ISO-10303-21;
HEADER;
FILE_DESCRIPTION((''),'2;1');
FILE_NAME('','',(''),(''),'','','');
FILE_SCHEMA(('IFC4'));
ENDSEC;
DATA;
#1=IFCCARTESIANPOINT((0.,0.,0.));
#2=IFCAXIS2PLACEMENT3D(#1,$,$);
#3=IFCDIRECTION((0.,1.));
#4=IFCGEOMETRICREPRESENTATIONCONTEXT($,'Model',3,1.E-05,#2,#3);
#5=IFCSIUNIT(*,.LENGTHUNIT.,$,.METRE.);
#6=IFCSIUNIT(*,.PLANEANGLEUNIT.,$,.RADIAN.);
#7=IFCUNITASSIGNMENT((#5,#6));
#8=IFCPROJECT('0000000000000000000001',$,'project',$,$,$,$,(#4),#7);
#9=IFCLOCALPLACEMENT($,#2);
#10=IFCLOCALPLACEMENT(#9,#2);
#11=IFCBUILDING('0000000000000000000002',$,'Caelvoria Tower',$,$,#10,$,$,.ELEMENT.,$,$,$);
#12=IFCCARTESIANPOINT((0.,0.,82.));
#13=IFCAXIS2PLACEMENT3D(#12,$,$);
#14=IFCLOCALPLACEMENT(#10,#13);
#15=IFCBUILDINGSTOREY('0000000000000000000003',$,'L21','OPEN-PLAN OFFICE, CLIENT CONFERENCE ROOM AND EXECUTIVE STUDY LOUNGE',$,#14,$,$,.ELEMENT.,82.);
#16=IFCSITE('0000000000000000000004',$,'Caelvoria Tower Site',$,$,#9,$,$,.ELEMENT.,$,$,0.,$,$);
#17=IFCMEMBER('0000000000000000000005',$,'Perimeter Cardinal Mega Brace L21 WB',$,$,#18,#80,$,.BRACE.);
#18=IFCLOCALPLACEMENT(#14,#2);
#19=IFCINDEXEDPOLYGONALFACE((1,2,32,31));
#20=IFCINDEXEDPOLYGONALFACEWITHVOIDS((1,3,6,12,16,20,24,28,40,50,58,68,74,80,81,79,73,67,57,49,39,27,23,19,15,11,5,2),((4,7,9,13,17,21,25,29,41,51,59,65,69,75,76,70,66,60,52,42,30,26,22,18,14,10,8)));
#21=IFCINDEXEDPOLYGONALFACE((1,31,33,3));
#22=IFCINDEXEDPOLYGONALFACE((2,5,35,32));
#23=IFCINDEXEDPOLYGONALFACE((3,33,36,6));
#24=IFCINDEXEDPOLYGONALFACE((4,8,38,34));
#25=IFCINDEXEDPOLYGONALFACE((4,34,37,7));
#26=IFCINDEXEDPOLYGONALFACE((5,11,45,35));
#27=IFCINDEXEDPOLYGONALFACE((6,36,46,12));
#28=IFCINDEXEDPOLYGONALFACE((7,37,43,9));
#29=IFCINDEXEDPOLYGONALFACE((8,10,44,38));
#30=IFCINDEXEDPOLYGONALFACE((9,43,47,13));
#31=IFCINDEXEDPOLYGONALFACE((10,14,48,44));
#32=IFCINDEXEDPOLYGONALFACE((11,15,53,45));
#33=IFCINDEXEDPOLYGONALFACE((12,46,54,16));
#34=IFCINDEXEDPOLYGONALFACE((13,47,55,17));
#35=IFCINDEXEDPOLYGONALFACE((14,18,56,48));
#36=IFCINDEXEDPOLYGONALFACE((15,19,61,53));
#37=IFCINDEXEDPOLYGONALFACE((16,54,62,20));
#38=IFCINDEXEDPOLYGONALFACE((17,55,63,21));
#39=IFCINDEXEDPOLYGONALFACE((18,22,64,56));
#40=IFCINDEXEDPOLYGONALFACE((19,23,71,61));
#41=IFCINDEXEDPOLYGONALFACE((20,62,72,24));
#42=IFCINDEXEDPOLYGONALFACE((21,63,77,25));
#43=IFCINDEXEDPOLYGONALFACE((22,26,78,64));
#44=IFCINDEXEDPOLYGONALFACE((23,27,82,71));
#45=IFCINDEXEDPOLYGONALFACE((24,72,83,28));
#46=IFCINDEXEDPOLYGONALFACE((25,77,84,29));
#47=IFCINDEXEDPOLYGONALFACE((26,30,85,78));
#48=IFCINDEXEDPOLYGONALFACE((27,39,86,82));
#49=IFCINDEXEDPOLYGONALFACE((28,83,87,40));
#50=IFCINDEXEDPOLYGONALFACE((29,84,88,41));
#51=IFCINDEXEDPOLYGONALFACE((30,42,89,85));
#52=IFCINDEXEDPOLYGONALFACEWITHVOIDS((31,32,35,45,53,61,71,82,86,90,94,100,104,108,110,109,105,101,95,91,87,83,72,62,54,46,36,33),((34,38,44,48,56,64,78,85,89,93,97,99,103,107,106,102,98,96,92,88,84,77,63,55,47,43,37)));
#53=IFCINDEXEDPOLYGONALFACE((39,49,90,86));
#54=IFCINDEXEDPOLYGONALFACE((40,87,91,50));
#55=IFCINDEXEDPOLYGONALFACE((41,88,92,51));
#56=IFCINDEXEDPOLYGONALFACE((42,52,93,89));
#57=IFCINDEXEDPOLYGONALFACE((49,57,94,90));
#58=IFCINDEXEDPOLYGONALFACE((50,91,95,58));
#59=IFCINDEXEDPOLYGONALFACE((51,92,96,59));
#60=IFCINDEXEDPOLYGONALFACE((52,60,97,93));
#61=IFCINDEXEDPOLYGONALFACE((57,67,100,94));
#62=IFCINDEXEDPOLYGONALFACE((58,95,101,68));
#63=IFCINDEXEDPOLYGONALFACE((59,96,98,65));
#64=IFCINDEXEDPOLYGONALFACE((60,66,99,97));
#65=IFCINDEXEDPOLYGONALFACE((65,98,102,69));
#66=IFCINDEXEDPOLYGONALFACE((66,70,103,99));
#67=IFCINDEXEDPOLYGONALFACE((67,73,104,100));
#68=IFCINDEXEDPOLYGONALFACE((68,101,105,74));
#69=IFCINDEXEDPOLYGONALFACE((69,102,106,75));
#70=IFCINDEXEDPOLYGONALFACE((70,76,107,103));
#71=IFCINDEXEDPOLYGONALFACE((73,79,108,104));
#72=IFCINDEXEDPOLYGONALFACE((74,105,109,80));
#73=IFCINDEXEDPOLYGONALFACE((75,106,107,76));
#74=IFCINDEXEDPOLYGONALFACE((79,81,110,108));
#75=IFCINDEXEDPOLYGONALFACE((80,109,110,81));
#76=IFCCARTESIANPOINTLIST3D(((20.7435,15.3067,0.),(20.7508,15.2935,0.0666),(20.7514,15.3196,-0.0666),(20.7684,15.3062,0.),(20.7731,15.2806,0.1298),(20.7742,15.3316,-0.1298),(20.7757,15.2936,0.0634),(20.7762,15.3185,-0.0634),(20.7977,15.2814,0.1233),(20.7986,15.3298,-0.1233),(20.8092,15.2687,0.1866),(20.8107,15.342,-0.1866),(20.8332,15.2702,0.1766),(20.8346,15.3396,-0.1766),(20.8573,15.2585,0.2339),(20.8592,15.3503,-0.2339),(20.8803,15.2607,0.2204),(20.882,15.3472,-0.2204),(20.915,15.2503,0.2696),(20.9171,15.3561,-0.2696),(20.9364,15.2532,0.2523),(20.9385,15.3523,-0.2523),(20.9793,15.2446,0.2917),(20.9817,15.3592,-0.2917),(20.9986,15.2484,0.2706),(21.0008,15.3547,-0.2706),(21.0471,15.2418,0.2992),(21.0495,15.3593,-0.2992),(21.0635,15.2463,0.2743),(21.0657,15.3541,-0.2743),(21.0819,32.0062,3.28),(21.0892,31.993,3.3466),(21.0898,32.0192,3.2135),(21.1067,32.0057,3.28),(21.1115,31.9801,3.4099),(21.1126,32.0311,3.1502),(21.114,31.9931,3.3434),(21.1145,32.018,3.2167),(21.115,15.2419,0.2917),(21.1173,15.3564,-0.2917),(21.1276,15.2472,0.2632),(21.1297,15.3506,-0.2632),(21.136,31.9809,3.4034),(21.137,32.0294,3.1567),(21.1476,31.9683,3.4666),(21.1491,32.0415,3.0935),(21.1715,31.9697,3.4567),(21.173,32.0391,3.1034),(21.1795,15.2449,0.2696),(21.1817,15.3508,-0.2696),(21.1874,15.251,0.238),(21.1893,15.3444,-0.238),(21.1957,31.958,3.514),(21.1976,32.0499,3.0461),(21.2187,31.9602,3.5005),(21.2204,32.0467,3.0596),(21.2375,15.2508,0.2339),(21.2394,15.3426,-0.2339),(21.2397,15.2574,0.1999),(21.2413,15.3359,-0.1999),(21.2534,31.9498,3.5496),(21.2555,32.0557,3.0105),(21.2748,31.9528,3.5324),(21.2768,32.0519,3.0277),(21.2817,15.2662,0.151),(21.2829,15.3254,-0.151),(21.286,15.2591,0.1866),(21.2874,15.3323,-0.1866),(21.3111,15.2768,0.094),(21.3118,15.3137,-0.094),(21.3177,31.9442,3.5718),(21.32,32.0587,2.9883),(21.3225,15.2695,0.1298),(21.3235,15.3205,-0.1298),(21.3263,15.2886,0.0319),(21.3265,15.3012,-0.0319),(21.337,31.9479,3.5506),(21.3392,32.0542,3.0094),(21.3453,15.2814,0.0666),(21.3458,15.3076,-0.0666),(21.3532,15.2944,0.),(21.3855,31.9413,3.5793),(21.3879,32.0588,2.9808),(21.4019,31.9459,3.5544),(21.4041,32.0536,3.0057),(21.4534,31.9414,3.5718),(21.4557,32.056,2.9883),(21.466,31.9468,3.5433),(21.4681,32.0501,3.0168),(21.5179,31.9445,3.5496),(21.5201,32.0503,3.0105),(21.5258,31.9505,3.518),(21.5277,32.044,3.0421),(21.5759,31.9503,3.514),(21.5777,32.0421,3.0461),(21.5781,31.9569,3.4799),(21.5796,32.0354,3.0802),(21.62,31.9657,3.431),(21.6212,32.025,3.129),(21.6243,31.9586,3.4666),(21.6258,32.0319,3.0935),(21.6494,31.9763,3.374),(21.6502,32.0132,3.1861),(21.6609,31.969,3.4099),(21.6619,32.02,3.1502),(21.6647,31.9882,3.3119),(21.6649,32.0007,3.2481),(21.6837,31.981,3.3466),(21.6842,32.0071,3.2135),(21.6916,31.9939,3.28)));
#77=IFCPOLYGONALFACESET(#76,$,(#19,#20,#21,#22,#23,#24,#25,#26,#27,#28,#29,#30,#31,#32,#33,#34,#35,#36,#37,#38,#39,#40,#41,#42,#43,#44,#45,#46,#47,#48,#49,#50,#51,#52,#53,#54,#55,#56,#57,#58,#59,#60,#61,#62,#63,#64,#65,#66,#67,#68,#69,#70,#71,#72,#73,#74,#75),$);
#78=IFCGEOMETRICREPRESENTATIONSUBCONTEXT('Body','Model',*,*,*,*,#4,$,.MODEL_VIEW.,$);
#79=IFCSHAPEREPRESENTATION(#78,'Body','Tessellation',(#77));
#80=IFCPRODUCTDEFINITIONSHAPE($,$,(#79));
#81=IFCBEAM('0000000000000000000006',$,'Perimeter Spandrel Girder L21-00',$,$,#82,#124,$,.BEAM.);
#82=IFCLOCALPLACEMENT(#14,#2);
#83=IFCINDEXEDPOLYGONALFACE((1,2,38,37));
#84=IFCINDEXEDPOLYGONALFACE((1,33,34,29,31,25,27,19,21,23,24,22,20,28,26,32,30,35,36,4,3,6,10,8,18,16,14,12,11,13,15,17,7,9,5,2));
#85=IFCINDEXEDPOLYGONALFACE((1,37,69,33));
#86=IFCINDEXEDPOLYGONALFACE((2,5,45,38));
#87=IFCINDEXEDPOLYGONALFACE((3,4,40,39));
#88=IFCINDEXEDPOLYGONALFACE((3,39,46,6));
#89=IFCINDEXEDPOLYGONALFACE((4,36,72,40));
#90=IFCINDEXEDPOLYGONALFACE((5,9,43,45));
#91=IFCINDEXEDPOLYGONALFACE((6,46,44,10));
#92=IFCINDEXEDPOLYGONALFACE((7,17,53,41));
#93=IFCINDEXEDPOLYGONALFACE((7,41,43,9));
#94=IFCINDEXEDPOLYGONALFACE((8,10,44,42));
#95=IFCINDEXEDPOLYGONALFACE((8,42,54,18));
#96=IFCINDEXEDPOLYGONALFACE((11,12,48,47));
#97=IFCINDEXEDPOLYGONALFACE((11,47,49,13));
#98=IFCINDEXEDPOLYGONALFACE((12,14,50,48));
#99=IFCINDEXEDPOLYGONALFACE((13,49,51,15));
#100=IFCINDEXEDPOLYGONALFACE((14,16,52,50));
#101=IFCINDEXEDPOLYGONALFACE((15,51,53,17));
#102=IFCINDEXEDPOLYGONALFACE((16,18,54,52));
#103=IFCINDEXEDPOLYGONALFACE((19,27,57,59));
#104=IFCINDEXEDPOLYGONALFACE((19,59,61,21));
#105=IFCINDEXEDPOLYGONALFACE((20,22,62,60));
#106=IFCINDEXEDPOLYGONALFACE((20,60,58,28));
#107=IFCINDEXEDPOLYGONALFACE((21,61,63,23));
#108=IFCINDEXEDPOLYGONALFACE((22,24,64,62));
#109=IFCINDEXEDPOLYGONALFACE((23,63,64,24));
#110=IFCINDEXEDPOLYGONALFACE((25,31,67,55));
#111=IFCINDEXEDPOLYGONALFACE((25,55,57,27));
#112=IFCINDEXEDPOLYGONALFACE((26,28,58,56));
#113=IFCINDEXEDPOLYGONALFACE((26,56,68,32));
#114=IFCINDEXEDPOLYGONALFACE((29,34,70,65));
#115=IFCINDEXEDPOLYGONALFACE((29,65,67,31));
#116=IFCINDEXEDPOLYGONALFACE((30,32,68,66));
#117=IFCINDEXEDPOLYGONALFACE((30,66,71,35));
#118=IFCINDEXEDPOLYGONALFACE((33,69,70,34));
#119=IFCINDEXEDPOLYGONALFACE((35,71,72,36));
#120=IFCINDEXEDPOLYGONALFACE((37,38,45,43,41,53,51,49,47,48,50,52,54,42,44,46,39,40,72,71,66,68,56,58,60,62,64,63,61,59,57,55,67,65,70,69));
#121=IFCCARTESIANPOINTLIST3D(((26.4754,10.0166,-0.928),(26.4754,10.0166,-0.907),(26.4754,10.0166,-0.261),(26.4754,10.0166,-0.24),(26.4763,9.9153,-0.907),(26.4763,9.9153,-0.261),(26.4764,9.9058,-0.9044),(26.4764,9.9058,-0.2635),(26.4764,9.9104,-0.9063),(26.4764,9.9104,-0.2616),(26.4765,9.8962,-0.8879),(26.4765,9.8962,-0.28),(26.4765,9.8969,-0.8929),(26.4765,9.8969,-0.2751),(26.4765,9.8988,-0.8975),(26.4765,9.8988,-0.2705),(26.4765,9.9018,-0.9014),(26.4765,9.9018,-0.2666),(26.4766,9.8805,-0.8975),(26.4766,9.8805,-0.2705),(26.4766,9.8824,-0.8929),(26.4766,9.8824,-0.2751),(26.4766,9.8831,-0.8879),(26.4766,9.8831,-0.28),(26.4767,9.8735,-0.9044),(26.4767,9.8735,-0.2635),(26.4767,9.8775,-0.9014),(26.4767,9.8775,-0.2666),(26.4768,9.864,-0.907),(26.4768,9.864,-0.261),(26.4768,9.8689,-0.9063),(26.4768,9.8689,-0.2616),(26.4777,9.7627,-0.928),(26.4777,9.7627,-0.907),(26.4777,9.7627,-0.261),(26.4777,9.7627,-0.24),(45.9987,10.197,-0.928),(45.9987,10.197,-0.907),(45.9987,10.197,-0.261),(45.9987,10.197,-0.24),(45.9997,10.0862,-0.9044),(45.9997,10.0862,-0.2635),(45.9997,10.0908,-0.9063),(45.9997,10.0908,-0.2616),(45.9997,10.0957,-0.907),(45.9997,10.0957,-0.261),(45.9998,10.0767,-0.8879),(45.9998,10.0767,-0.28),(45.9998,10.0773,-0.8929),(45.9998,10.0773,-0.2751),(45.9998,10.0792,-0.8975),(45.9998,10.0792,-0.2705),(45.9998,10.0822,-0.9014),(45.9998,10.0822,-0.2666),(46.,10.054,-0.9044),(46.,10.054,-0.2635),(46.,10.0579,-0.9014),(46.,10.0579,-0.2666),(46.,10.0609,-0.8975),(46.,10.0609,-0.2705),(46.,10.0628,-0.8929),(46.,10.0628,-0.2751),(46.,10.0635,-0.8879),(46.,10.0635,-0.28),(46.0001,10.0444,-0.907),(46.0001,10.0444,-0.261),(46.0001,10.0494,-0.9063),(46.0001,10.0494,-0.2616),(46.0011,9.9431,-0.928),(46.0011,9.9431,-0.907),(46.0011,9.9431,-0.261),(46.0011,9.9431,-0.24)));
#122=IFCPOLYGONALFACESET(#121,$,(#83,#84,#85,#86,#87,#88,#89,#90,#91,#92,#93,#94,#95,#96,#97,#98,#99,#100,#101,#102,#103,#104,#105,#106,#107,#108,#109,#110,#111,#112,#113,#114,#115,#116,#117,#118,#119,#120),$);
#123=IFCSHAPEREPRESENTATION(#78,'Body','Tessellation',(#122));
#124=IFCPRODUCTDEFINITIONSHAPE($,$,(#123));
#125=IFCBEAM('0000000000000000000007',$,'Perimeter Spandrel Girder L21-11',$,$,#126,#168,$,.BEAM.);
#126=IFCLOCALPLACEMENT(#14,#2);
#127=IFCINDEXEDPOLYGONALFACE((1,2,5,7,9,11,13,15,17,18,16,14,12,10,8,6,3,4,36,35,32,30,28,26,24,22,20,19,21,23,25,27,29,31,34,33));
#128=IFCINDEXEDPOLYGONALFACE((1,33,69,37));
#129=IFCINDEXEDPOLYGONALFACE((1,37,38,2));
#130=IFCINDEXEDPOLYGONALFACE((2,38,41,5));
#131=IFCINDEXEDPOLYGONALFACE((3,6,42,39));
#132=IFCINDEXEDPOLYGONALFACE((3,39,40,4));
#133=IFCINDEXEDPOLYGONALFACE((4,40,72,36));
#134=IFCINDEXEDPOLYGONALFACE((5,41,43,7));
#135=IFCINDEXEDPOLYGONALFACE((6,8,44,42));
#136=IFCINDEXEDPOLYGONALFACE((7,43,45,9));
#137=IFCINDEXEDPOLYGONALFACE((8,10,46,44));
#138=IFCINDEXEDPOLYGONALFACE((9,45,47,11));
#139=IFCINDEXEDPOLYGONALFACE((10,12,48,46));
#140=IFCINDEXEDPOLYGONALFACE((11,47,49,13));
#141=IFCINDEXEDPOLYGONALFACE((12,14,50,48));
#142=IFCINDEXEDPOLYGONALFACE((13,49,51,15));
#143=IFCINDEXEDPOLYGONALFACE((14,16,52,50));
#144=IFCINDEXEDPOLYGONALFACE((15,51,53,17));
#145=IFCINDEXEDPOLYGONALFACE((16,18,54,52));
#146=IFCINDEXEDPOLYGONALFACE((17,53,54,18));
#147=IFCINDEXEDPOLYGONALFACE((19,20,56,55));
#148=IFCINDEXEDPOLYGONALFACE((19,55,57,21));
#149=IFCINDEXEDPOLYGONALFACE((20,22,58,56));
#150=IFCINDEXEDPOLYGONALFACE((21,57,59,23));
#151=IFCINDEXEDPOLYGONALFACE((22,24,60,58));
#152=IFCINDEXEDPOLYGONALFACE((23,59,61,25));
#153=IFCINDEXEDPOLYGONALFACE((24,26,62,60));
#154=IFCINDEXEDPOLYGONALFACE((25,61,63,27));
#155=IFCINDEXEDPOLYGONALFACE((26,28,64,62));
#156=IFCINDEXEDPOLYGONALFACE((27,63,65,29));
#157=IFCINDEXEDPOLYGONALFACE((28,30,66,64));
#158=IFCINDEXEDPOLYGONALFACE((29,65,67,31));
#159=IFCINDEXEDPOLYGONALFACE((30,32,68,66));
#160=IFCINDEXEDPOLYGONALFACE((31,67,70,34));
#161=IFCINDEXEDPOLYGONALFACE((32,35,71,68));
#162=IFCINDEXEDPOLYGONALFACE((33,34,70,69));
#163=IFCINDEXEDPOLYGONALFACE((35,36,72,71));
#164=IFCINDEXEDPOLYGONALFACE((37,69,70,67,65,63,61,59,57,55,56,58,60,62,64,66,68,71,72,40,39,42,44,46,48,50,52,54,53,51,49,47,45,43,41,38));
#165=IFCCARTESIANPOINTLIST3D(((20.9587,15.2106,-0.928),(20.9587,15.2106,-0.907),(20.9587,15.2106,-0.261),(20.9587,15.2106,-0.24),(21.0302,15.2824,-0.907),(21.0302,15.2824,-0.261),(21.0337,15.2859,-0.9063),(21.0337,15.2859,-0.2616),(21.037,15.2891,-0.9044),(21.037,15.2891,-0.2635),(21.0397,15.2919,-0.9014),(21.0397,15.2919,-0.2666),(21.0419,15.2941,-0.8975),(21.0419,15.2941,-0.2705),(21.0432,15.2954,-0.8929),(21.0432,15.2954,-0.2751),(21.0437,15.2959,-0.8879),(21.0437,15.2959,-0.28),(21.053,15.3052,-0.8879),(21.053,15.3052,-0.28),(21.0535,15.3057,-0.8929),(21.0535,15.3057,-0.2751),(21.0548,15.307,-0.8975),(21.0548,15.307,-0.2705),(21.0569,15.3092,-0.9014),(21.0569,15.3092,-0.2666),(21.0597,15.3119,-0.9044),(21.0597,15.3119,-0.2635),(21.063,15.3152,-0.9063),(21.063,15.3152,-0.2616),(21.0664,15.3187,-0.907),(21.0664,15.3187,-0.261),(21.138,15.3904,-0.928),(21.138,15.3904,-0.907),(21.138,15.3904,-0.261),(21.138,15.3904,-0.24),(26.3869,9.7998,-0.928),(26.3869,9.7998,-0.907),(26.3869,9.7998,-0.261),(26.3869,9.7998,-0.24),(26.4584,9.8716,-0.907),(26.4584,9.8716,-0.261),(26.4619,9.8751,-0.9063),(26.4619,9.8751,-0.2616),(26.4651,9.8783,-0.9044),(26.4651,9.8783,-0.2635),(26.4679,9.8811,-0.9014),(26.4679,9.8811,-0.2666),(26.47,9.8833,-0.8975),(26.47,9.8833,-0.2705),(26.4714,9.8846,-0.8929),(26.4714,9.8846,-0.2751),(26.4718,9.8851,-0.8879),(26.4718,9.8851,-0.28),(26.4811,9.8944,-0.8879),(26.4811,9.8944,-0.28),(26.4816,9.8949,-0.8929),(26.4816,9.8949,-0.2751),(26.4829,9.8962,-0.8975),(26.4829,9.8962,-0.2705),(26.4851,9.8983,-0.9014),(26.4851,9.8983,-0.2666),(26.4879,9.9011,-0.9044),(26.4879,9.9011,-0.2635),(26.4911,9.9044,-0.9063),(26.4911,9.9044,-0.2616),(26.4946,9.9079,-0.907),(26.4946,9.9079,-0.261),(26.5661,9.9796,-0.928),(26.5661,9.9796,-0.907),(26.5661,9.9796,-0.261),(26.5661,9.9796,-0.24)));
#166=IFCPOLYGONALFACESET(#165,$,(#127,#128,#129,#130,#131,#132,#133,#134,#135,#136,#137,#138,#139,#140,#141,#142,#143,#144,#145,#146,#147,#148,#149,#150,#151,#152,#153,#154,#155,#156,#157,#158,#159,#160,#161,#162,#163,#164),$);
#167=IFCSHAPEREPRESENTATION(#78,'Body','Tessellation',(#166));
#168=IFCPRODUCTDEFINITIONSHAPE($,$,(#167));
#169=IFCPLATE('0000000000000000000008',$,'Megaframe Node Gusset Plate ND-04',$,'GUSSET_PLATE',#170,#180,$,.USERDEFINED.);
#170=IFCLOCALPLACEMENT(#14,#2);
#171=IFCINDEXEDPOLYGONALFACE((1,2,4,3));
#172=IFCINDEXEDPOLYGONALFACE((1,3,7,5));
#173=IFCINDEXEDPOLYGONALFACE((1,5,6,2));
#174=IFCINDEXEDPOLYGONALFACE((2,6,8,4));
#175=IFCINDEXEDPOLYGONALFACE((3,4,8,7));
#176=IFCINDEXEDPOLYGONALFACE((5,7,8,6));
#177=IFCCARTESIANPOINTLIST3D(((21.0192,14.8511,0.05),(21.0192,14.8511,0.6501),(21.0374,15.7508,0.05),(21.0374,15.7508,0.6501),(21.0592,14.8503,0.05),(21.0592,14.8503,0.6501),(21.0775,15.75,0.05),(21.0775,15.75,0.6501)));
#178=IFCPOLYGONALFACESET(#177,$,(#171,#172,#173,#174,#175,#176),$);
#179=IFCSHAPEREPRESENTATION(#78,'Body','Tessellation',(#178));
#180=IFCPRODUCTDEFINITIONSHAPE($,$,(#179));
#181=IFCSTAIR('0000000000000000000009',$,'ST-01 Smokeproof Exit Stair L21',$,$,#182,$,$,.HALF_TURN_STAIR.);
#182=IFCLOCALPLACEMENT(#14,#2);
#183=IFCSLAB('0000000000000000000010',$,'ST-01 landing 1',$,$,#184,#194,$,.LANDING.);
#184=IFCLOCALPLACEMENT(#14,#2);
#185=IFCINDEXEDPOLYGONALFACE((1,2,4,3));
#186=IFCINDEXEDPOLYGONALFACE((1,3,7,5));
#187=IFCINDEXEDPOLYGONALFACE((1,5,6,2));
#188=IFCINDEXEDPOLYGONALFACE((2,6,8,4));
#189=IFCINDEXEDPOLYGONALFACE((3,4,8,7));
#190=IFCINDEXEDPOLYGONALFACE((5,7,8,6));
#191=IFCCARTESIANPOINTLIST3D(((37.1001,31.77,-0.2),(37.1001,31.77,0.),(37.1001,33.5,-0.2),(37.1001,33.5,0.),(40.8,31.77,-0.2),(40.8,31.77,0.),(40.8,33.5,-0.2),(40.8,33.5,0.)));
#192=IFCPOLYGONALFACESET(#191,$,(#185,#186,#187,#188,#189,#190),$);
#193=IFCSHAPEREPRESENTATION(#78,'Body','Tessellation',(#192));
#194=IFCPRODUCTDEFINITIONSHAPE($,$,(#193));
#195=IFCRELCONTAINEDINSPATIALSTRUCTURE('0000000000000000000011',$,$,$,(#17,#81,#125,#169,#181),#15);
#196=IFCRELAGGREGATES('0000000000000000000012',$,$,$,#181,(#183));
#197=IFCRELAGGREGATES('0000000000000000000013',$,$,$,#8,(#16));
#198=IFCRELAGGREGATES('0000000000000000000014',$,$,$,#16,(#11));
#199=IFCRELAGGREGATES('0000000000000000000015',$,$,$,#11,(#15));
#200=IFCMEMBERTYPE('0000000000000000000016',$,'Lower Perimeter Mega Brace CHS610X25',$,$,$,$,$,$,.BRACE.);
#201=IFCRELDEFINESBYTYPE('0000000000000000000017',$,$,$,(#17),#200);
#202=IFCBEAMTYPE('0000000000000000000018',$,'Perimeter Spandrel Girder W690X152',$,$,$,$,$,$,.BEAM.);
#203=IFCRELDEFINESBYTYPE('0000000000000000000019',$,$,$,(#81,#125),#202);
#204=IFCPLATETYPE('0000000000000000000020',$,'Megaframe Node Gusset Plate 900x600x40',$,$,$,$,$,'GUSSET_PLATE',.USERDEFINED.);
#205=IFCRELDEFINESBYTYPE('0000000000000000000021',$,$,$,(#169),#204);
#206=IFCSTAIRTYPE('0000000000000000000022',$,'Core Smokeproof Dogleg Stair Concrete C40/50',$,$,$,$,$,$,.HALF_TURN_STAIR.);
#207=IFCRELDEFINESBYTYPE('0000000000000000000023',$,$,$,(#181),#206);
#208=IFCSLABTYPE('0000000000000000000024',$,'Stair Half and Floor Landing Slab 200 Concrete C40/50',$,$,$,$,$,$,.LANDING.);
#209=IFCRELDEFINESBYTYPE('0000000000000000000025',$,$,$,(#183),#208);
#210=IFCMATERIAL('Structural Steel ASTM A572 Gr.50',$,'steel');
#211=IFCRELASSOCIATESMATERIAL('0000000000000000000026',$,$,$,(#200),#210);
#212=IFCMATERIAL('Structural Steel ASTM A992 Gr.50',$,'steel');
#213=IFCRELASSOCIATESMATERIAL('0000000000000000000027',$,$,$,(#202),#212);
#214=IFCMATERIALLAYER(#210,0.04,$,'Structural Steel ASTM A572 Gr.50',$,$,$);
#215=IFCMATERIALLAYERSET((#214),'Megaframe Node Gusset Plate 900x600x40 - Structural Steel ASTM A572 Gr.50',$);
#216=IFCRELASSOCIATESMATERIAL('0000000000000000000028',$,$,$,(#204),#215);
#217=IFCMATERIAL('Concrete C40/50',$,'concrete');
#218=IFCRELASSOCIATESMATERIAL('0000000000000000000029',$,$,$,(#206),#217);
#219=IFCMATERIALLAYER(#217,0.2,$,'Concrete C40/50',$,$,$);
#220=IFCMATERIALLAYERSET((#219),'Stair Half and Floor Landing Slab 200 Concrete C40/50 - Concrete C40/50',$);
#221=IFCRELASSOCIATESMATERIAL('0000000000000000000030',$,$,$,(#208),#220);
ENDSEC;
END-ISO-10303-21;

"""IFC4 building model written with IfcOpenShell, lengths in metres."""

from ifc_helpers import new_model, si_unit, direction, frame, origin, origin_2d, place, context, subcontext, project, spatial, polyline, rectangle, hollow_circle, i_section, outline, extrude, material, layer, layer_set, material_profile, profile_set, type_object, element, aggregate, save


model = new_model("IFC4")

# Units and contexts
model_context = context("Model", 3, precision=1e-05, world=origin(), true_north=direction((0.0, 1.0)))
body_context = subcontext(model_context, "Body", "Model", "MODEL_VIEW")
ifc_project = project(units=[si_unit("LENGTHUNIT", "METRE"), si_unit("PLANEANGLEUNIT", "RADIAN")], contexts=[model_context])

# Site, building, storey
site_placement = place(None, origin())
site = spatial("IfcSite", under=ifc_project, at=site_placement, Name="Caelvoria Tower Site", CompositionType="ELEMENT", RefElevation=0.0)
building_placement = place(site_placement, origin())
building = spatial("IfcBuilding", under=site, at=building_placement, Name="Caelvoria Tower", CompositionType="ELEMENT")
storey_placement = place(building_placement, frame((0.0, 0.0, 82.0)))
storey = spatial("IfcBuildingStorey", under=building, at=storey_placement, Name="L21", Description="OPEN-PLAN OFFICE, CLIENT CONFERENCE ROOM AND EXECUTIVE STUDY LOUNGE", CompositionType="ELEMENT", Elevation=82.0)

# Shared definitions
ifc_material_1 = material(Name="Structural Steel ASTM A572 Gr.50", Category="steel")

# Member
ifc_material_profile_1 = material_profile(ifc_material_1, hollow_circle(Radius=0.3049, WallThickness=0.0249, at=origin_2d()), Name="Structural Steel ASTM A572 Gr.50")
ifc_profile_set_1 = profile_set([ifc_material_profile_1], Name="CHS610X25 - Structural Steel ASTM A572 Gr.50")
member_type = type_object("IfcMemberType", Name="Lower Perimeter Mega Brace CHS610X25", PredefinedType="BRACE", material=ifc_profile_set_1)
member_1_placement = place(storey_placement, frame((21.0483, 15.3005, 0.0), z_axis=(0.019879, 0.981057, 0.192695), x_axis=(-0.999795, 0.020259, 0.0)))
element("IfcMember", 1, at=member_1_placement, inside=storey, type_object=member_type, Name="Perimeter Cardinal Mega Brace L21 WB", PredefinedType="BRACE", context=body_context, shape_type="SweptSolid", body=[
    extrude(hollow_circle(Radius=0.3049, WallThickness=0.0249, at=origin_2d()), origin(), (0.0, 0.0, 1.0), 17.022),
])

# Beams
ifc_material_2 = material(Name="Structural Steel ASTM A992 Gr.50", Category="steel")
ifc_material_profile_2 = material_profile(ifc_material_2, i_section(OverallWidth=0.2539, OverallDepth=0.688, WebThickness=0.0132, FlangeThickness=0.021, FilletRadius=0.019, at=origin_2d()), Name="Structural Steel ASTM A992 Gr.50")
ifc_profile_set_2 = profile_set([ifc_material_profile_2], Name="W690X152 - Structural Steel ASTM A992 Gr.50")
beam_type = type_object("IfcBeamType", Name="Perimeter Spandrel Girder W690X152", PredefinedType="BEAM", material=ifc_profile_set_2)
beam_1_placement = place(storey_placement, frame((26.4766, 9.8896, -0.584), z_axis=(0.999957, 0.009241, 0.0), x_axis=(-0.009241, 0.999957, 0.0)))
element("IfcBeam", 2, at=beam_1_placement, inside=storey, type_object=beam_type, Name="Perimeter Spandrel Girder L21-00", PredefinedType="BEAM", context=body_context, shape_type="SweptSolid", body=[
    extrude(i_section(OverallWidth=0.2539, OverallDepth=0.688, WebThickness=0.0132, FlangeThickness=0.021, FilletRadius=0.019, at=origin_2d()), origin(), (0.0, 0.0, 1.0), 19.5242),
])
beam_2_placement = place(storey_placement, frame((21.0483, 15.3005, -0.584), z_axis=(0.708237, -0.705975, 0.0), x_axis=(0.705975, 0.708237, 0.0)))
element("IfcBeam", 3, at=beam_2_placement, inside=storey, type_object=beam_type, Name="Perimeter Spandrel Girder L21-11", PredefinedType="BEAM", context=body_context, shape_type="SweptSolid", body=[
    extrude(i_section(OverallWidth=0.2539, OverallDepth=0.688, WebThickness=0.0132, FlangeThickness=0.021, FilletRadius=0.019, at=origin_2d()), origin(), (0.0, 0.0, 1.0), 7.6643),
])

# Plate
ifc_layer_1 = layer(ifc_material_1, 0.04, Name="Structural Steel ASTM A572 Gr.50")
ifc_layer_set_1 = layer_set([ifc_layer_1], Name="Megaframe Node Gusset Plate 900x600x40 - Structural Steel ASTM A572 Gr.50")
plate_type = type_object("IfcPlateType", Name="Megaframe Node Gusset Plate 900x600x40", ElementType="GUSSET_PLATE", PredefinedType="USERDEFINED", material=ifc_layer_set_1)
plate_placement = place(storey_placement, frame((21.0483, 15.3005, 0.05), z_axis=(0.0, 0.0, 1.0), x_axis=(0.020253, 0.999795, 0.0)))
element("IfcPlate", 4, at=plate_placement, inside=storey, type_object=plate_type, Name="Megaframe Node Gusset Plate ND-04", ObjectType="GUSSET_PLATE", PredefinedType="USERDEFINED", context=body_context, shape_type="SweptSolid", body=[
    extrude(rectangle(XDim=0.8999, YDim=0.04, at=origin_2d()), origin(), (0.0, 0.0, 1.0), 0.6001),
])

# Stair, slab
ifc_material_3 = material(Name="Concrete C40/50", Category="concrete")
stair_type = type_object("IfcStairType", Name="Core Smokeproof Dogleg Stair Concrete C40/50", PredefinedType="HALF_TURN_STAIR", material=ifc_material_3)
stair_1_placement = place(storey_placement, origin())
stair_1 = element("IfcStair", 5, at=stair_1_placement, inside=storey, type_object=stair_type, Name="ST-01 Smokeproof Exit Stair L21", PredefinedType="HALF_TURN_STAIR")
ifc_layer_2 = layer(ifc_material_3, 0.2, Name="Concrete C40/50")
ifc_layer_set_2 = layer_set([ifc_layer_2], Name="Stair Half and Floor Landing Slab 200 Concrete C40/50 - Concrete C40/50")
slab_type_1 = type_object("IfcSlabType", Name="Stair Half and Floor Landing Slab 200 Concrete C40/50", PredefinedType="LANDING", material=ifc_layer_set_2)
slab_1_placement = place(storey_placement, frame((0.0, 0.0, -0.2)))
slab_1 = element("IfcSlab", 6, at=slab_1_placement, type_object=slab_type_1, Name="ST-01 landing 1", PredefinedType="LANDING", context=body_context, shape_type="SweptSolid", body=[
    extrude(outline(polyline([(37.1001, 31.77), (40.8, 31.77), (40.8, 33.5), (37.1001, 33.5), (37.1001, 31.77)])), origin(), (0.0, 0.0, 1.0), 0.2),
])
aggregate(stair_1, [slab_1])

save(model, "model.ifc")
